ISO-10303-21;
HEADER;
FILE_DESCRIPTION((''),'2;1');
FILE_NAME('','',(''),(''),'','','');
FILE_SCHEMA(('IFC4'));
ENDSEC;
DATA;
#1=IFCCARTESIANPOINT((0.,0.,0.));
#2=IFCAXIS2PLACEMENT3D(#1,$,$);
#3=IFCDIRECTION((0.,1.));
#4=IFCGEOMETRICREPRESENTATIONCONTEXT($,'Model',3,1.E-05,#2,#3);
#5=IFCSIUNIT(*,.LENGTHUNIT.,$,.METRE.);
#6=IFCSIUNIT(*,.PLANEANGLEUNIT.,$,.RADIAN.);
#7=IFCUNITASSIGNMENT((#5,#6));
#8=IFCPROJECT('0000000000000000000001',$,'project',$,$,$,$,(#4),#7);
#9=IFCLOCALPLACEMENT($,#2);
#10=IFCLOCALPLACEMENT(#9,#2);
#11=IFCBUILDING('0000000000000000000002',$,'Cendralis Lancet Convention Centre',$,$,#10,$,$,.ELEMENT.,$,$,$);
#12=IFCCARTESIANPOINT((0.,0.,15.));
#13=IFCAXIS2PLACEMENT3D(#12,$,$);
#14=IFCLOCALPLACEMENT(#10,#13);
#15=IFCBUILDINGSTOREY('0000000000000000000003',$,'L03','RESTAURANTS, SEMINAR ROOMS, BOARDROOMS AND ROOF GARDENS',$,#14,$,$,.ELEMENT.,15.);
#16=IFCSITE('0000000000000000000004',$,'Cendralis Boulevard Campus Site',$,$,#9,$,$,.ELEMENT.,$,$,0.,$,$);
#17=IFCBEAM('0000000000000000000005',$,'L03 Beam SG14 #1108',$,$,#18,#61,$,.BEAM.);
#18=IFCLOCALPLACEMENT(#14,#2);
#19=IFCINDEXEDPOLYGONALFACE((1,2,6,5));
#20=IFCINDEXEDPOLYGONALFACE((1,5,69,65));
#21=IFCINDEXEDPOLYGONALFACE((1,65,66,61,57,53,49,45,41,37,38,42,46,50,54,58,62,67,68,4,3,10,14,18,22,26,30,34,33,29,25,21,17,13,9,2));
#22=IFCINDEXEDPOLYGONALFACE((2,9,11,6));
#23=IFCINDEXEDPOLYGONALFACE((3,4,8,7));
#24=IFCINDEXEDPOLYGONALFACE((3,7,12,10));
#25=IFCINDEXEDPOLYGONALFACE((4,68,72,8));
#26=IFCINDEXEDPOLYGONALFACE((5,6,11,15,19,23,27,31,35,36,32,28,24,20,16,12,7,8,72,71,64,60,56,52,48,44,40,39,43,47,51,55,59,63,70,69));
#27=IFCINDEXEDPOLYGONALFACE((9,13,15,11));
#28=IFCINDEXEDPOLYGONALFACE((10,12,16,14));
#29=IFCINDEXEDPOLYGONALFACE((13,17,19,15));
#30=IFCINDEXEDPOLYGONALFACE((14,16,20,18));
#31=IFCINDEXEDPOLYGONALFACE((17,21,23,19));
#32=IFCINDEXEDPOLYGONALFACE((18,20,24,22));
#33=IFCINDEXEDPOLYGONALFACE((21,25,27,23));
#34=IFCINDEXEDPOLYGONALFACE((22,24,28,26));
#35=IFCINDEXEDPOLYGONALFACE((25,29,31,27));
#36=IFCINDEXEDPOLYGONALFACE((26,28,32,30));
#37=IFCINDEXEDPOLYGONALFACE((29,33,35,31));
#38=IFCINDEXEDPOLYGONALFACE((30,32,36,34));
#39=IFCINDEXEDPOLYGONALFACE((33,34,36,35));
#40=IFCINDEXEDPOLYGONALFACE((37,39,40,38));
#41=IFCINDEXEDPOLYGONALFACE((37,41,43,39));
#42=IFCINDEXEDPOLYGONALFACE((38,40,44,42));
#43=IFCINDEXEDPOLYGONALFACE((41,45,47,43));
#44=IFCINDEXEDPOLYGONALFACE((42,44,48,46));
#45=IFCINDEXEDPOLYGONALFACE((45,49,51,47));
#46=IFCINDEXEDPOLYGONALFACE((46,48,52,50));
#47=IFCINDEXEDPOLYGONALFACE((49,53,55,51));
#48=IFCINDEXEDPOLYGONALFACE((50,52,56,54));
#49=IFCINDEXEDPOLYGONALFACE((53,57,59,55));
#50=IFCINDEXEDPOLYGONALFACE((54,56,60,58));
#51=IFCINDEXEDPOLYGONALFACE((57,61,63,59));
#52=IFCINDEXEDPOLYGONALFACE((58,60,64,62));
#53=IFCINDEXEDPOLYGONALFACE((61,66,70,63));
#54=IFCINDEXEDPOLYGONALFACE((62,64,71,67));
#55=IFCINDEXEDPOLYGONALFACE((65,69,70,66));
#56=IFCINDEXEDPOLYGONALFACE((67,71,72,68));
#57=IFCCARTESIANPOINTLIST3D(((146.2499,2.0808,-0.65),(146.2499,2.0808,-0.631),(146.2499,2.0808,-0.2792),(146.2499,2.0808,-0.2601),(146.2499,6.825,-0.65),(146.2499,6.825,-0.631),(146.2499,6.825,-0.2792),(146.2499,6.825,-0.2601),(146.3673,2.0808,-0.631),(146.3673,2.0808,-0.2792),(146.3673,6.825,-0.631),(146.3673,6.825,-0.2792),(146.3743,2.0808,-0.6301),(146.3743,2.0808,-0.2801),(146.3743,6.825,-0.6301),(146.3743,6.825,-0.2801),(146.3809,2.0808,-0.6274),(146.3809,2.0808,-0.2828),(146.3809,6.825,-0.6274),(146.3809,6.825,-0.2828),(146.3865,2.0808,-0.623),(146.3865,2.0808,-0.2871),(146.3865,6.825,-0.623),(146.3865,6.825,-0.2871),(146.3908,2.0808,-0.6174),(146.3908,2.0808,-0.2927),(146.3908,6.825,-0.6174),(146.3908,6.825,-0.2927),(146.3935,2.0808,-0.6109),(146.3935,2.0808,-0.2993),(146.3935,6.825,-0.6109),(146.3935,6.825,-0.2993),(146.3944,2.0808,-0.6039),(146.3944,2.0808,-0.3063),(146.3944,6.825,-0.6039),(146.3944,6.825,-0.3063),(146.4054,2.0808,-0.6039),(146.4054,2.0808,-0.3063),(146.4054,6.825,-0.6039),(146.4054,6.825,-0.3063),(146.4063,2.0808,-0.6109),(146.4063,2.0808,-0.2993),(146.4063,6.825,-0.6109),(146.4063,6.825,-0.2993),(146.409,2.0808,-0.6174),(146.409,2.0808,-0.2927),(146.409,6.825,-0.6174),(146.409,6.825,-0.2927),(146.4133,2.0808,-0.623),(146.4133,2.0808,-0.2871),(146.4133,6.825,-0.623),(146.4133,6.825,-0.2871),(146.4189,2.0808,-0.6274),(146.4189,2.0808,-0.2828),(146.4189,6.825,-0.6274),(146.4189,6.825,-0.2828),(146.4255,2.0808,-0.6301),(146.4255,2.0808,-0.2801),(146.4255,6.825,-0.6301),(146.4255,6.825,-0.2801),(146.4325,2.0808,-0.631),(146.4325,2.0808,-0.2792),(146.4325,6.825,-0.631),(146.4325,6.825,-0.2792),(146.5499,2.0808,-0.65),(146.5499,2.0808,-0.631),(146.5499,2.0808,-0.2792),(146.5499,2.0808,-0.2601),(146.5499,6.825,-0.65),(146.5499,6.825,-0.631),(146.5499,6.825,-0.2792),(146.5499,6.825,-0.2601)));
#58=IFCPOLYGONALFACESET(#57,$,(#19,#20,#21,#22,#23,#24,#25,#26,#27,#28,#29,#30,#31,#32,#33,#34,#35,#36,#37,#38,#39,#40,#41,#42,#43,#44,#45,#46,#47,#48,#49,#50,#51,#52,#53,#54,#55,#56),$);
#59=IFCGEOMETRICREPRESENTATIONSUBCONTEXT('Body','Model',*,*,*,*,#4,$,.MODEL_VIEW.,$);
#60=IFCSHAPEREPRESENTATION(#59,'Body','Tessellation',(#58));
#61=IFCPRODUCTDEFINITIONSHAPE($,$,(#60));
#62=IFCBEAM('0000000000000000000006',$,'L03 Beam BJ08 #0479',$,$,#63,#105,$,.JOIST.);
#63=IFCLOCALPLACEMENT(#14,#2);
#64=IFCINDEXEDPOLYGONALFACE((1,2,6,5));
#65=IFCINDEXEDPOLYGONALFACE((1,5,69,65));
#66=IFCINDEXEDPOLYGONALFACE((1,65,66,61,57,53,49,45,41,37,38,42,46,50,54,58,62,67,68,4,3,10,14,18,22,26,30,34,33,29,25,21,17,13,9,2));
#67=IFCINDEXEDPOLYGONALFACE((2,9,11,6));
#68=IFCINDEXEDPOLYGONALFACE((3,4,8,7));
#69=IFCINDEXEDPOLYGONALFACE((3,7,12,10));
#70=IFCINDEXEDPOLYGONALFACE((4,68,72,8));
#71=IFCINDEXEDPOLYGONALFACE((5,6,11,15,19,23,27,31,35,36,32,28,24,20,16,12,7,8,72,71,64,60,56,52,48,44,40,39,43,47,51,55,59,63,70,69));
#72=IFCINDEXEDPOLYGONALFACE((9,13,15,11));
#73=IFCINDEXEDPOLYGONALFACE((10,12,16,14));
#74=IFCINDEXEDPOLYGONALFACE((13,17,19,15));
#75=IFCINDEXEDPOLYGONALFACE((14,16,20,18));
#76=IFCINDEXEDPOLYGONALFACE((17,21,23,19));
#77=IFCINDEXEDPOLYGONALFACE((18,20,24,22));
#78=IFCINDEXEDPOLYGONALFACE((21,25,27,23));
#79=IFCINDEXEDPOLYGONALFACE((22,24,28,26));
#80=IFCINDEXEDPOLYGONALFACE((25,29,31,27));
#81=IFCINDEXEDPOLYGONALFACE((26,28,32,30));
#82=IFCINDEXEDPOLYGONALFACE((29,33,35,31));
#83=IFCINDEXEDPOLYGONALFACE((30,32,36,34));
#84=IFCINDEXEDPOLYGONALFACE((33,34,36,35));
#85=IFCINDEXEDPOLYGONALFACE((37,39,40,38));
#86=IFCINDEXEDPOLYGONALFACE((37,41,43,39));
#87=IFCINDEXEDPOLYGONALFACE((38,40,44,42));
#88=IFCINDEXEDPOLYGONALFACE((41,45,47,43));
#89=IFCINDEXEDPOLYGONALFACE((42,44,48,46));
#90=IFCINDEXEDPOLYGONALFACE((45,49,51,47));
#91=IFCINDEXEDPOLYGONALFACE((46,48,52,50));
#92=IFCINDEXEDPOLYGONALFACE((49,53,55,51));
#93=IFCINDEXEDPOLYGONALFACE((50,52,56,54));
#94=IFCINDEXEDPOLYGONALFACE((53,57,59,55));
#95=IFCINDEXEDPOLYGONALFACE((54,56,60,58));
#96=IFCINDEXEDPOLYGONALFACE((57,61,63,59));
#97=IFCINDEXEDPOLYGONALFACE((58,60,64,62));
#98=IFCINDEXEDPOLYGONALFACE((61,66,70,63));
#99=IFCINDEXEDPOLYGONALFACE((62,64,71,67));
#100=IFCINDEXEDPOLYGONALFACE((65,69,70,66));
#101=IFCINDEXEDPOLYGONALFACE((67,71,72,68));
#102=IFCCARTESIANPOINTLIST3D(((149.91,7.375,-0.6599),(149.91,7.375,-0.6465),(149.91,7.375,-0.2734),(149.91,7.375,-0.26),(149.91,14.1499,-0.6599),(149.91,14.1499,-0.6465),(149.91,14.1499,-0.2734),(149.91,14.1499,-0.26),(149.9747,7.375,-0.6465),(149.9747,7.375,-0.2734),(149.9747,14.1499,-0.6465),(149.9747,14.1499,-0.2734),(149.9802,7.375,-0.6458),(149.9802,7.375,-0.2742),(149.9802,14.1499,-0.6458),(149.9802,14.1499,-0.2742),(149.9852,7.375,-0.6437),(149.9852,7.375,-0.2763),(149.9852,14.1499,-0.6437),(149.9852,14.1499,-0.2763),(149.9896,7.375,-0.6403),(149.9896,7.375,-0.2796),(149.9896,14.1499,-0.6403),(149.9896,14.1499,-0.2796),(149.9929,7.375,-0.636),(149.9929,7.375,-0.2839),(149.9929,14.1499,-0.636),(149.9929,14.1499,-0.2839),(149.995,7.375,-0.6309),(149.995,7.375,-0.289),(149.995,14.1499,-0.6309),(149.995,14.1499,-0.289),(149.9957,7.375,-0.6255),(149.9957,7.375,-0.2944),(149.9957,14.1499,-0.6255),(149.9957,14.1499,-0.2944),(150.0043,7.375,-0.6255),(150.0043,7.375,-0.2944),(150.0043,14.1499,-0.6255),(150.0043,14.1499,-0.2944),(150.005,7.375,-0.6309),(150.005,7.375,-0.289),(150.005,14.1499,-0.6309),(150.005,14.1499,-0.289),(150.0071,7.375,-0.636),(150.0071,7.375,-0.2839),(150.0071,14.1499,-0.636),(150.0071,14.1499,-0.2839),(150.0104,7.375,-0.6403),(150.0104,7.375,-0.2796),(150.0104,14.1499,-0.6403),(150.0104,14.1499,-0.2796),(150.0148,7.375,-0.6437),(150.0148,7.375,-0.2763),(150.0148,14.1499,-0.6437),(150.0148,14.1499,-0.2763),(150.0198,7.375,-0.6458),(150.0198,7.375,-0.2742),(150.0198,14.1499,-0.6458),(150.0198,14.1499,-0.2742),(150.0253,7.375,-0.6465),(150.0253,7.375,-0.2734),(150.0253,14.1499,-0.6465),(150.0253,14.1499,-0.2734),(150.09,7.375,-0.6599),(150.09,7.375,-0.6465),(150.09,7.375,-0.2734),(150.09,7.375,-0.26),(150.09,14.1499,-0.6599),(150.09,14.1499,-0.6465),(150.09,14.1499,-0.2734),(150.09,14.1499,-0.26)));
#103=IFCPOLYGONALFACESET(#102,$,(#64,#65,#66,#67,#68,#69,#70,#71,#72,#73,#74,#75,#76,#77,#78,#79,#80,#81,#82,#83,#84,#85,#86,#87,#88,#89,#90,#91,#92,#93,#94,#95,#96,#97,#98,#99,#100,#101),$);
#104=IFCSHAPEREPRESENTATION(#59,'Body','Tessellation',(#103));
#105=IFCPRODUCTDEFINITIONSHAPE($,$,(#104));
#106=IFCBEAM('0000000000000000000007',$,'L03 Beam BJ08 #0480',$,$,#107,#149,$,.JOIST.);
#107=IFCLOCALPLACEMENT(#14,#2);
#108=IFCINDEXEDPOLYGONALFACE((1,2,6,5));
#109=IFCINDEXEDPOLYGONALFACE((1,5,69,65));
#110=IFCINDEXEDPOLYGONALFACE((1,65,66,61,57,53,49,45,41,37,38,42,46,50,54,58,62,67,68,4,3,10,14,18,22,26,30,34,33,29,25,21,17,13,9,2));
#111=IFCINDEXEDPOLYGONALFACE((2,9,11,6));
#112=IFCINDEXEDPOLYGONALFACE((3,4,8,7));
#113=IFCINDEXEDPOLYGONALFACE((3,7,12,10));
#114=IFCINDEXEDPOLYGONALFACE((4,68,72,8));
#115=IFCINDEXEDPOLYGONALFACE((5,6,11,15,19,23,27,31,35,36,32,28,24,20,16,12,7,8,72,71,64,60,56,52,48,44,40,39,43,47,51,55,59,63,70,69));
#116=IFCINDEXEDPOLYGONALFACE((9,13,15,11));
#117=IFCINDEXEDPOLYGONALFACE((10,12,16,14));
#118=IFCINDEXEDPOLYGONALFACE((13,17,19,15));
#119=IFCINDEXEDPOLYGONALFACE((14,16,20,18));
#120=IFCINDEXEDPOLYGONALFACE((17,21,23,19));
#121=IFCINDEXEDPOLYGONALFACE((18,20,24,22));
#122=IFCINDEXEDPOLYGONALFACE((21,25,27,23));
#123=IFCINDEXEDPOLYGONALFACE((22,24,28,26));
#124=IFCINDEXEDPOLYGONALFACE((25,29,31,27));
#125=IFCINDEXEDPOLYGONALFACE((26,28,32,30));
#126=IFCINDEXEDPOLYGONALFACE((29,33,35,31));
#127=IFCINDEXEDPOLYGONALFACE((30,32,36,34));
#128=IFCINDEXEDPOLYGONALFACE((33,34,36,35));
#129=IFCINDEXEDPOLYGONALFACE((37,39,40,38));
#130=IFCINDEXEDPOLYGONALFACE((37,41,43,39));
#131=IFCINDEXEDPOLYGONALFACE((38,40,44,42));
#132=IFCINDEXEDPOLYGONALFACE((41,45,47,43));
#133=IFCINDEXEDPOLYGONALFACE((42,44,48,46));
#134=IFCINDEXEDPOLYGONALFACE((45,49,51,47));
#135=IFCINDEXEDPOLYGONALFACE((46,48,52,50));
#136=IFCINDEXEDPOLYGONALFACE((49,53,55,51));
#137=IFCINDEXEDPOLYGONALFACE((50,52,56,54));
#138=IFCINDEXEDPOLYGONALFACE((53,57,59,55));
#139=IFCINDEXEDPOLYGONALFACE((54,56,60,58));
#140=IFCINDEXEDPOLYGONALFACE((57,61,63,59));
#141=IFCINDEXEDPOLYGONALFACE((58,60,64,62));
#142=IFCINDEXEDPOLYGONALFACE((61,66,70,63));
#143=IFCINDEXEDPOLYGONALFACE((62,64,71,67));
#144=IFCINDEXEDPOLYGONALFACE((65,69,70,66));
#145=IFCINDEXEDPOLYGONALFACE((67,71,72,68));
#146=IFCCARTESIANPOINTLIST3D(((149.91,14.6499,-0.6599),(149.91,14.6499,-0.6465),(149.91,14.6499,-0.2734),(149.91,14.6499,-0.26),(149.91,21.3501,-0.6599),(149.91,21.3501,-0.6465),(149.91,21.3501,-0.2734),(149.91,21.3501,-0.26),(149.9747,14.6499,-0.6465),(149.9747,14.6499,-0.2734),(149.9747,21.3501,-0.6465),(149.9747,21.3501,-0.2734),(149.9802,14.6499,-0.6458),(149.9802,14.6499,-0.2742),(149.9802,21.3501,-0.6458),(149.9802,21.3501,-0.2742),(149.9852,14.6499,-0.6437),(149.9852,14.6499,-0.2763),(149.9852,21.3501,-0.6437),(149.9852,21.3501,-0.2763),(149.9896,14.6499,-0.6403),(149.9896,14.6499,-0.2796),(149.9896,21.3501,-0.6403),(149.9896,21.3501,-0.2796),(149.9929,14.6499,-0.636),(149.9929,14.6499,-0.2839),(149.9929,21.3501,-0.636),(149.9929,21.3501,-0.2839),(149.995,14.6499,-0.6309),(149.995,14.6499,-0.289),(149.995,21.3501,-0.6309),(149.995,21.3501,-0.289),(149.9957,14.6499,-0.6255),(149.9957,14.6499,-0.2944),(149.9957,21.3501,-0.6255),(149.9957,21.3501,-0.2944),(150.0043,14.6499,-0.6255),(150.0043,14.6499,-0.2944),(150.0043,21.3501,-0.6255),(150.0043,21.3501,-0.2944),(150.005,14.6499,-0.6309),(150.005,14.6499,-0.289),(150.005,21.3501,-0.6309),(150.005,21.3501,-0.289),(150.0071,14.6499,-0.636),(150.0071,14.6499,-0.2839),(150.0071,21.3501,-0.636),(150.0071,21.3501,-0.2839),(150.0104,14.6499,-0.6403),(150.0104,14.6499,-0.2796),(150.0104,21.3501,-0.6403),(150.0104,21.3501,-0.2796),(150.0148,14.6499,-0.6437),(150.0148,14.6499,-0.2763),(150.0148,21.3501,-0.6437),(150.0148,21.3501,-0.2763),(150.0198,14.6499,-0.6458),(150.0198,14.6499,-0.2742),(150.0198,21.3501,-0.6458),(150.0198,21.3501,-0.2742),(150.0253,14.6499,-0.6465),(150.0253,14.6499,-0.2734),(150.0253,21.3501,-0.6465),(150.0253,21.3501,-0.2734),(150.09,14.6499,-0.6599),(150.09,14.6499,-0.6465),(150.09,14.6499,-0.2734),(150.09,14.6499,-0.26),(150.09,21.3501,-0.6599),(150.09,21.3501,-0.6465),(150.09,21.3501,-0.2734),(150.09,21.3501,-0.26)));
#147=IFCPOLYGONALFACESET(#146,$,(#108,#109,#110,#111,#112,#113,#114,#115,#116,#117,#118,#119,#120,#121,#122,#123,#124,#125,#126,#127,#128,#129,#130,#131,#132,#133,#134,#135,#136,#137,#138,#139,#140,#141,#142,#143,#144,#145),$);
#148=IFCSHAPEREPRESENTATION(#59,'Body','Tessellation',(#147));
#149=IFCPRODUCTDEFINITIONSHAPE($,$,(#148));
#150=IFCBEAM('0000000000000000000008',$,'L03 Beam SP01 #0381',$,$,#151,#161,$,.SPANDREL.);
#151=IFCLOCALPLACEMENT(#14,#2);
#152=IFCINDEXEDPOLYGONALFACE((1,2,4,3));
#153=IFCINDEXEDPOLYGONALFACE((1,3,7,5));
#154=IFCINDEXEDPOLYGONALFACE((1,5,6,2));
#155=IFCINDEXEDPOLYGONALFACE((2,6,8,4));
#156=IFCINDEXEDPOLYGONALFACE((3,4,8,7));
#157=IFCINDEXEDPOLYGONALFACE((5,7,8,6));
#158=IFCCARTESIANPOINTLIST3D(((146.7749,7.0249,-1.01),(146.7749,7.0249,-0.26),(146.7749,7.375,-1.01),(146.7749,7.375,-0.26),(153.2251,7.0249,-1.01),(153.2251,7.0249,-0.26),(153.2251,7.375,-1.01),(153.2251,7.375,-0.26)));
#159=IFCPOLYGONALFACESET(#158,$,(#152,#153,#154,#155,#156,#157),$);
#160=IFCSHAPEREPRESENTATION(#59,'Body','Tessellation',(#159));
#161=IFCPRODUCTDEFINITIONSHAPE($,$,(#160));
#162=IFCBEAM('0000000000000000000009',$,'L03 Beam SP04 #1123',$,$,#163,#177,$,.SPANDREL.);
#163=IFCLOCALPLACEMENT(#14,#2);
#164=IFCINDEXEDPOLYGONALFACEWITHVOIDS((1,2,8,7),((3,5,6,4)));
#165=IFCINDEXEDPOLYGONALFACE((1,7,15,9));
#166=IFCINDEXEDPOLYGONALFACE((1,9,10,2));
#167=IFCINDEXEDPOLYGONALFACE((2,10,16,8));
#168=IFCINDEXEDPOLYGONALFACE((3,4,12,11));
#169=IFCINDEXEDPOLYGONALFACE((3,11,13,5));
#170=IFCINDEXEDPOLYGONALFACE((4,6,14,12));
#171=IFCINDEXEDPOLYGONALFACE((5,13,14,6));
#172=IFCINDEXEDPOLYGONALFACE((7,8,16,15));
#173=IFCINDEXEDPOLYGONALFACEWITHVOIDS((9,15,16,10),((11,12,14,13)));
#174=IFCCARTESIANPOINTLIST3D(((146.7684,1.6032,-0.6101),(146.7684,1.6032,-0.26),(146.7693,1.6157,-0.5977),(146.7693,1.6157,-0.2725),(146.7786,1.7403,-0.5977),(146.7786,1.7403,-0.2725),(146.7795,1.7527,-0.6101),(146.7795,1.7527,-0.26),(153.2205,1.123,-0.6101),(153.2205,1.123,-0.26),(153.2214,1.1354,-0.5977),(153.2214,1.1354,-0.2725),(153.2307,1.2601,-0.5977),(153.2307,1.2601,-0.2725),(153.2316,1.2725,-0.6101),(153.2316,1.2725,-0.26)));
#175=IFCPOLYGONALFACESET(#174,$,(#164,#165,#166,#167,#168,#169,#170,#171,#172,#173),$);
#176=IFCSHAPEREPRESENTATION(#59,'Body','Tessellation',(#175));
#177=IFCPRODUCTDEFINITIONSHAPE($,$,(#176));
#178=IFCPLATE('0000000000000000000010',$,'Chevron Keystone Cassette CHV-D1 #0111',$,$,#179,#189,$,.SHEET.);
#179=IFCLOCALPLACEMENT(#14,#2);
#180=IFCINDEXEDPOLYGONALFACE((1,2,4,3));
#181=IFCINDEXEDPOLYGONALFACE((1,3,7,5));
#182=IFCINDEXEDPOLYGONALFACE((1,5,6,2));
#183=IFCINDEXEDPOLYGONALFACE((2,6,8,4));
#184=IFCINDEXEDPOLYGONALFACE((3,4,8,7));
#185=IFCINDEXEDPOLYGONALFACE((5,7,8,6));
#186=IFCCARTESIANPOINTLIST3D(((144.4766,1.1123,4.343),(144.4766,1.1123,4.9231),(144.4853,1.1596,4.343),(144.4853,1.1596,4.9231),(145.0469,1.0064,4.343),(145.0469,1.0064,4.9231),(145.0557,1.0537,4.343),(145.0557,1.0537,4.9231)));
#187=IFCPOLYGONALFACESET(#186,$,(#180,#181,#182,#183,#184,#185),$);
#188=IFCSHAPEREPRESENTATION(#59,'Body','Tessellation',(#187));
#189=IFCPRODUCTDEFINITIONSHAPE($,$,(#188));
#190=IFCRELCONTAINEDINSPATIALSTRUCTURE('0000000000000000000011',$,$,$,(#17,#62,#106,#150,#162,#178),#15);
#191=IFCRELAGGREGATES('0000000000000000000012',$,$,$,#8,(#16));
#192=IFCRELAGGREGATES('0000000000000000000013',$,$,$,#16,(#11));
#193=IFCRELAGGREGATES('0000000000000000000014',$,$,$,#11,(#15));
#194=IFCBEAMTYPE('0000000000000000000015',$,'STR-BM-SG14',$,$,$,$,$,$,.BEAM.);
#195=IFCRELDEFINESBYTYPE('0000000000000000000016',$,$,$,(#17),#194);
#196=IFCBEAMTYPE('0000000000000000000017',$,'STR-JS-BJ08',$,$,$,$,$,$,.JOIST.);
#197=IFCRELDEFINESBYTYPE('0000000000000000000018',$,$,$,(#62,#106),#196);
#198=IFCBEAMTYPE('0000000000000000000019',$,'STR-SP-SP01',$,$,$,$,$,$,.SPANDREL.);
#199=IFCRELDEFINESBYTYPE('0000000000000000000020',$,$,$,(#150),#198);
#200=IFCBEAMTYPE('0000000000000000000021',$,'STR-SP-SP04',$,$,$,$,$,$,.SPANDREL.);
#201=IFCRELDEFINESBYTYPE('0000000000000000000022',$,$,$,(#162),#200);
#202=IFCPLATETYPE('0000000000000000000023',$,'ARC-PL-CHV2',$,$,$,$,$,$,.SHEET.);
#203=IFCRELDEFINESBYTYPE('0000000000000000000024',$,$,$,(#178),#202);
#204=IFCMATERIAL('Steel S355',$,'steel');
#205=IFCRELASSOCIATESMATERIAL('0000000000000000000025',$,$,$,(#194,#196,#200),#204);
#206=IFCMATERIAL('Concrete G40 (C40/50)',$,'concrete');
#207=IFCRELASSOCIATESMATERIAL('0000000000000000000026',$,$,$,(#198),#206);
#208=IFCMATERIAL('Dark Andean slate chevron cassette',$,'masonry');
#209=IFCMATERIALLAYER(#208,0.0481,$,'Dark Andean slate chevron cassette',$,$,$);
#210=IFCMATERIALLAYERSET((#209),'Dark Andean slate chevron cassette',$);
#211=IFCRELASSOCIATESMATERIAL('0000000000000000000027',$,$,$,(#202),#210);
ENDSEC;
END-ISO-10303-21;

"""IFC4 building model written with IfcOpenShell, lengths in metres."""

from ifc_helpers import new_model, si_unit, direction, frame, origin, origin_2d, place, context, subcontext, project, spatial, rectangle, hollow_rectangle, i_section, extrude, material, layer, layer_set, material_profile, profile_set, type_object, element, save


model = new_model("IFC4")

# Units and contexts
model_context = context("Model", 3, precision=1e-05, world=origin(), true_north=direction((0.0, 1.0)))
body_context = subcontext(model_context, "Body", "Model", "MODEL_VIEW")
ifc_project = project(units=[si_unit("LENGTHUNIT", "METRE"), si_unit("PLANEANGLEUNIT", "RADIAN")], contexts=[model_context])

# Site, building, storey
site_placement = place(None, origin())
site = spatial("IfcSite", under=ifc_project, at=site_placement, Name="Cendralis Boulevard Campus Site", CompositionType="ELEMENT", RefElevation=0.0)
building_placement = place(site_placement, origin())
building = spatial("IfcBuilding", under=site, at=building_placement, Name="Cendralis Lancet Convention Centre", CompositionType="ELEMENT")
storey_placement = place(building_placement, frame((0.0, 0.0, 15.0)))
storey = spatial("IfcBuildingStorey", under=building, at=storey_placement, Name="L03", Description="RESTAURANTS, SEMINAR ROOMS, BOARDROOMS AND ROOF GARDENS", CompositionType="ELEMENT", Elevation=15.0)

# Shared definitions
ifc_material_1 = material(Name="Concrete G40 (C40/50)", Category="concrete")

# Beams
ifc_material_2 = material(Name="Steel S355", Category="steel")
ifc_material_profile_1 = material_profile(ifc_material_2, i_section(OverallWidth=0.3, OverallDepth=0.3899, WebThickness=0.011, FlangeThickness=0.019, FilletRadius=0.0271, at=origin_2d()), Name="HEA 400")
ifc_profile_set_1 = profile_set([ifc_material_profile_1], Name="Steel S355")
beam_type_1 = type_object("IfcBeamType", Name="STR-BM-SG14", PredefinedType="BEAM", material=ifc_profile_set_1)
beam_1_placement = place(storey_placement, frame((146.3999, 2.0808, -0.4551), z_axis=(0.0, 1.0, 0.0), x_axis=(-1.0, 0.0, 0.0)))
element("IfcBeam", 1, at=beam_1_placement, inside=storey, type_object=beam_type_1, Name="L03 Beam SG14 #1108", PredefinedType="BEAM", context=body_context, shape_type="SweptSolid", body=[
    extrude(i_section(OverallWidth=0.3, OverallDepth=0.3899, WebThickness=0.011, FlangeThickness=0.019, FilletRadius=0.0271, at=origin_2d()), origin(), (0.0, 0.0, 1.0), 4.7441),
])
ifc_material_profile_2 = material_profile(ifc_material_2, i_section(OverallWidth=0.1799, OverallDepth=0.3999, WebThickness=0.0085, FlangeThickness=0.0134, FilletRadius=0.021, at=origin_2d()), Name="IPE 400")
ifc_profile_set_2 = profile_set([ifc_material_profile_2], Name="Steel S355")
beam_type_2 = type_object("IfcBeamType", Name="STR-JS-BJ08", PredefinedType="JOIST", material=ifc_profile_set_2)
beam_2_placement = place(storey_placement, frame((150.0, 7.375, -0.46), z_axis=(0.0, 1.0, 0.0), x_axis=(-1.0, 0.0, 0.0)))
element("IfcBeam", 2, at=beam_2_placement, inside=storey, type_object=beam_type_2, Name="L03 Beam BJ08 #0479", PredefinedType="JOIST", context=body_context, shape_type="SweptSolid", body=[
    extrude(i_section(OverallWidth=0.1799, OverallDepth=0.3999, WebThickness=0.0085, FlangeThickness=0.0134, FilletRadius=0.021, at=origin_2d()), origin(), (0.0, 0.0, 1.0), 6.7749),
])
beam_3_placement = place(storey_placement, frame((150.0, 14.6499, -0.46), z_axis=(0.0, 1.0, 0.0), x_axis=(-1.0, 0.0, 0.0)))
element("IfcBeam", 3, at=beam_3_placement, inside=storey, type_object=beam_type_2, Name="L03 Beam BJ08 #0480", PredefinedType="JOIST", context=body_context, shape_type="SweptSolid", body=[
    extrude(i_section(OverallWidth=0.1799, OverallDepth=0.3999, WebThickness=0.0085, FlangeThickness=0.0134, FilletRadius=0.021, at=origin_2d()), origin(), (0.0, 0.0, 1.0), 6.7002),
])
ifc_material_profile_3 = material_profile(ifc_material_1, rectangle(XDim=0.3501, YDim=0.75, at=origin_2d()), Name="RCB 350x750")
ifc_profile_set_3 = profile_set([ifc_material_profile_3], Name="Concrete G40 (C40/50)")
beam_type_3 = type_object("IfcBeamType", Name="STR-SP-SP01", PredefinedType="SPANDREL", material=ifc_profile_set_3)
beam_4_placement = place(storey_placement, frame((146.7749, 7.2, -0.635), z_axis=(1.0, 0.0, 0.0), x_axis=(0.0, 1.0, 0.0)))
element("IfcBeam", 4, at=beam_4_placement, inside=storey, type_object=beam_type_3, Name="L03 Beam SP01 #0381", PredefinedType="SPANDREL", context=body_context, shape_type="SweptSolid", body=[
    extrude(rectangle(XDim=0.3501, YDim=0.75, at=origin_2d()), origin(), (0.0, 0.0, 1.0), 6.4502),
])
ifc_material_profile_4 = material_profile(ifc_material_2, hollow_rectangle(XDim=0.1499, YDim=0.3501, WallThickness=0.0125, at=origin_2d()), Name="RHS 350x150x12.5")
ifc_profile_set_4 = profile_set([ifc_material_profile_4], Name="Steel S355")
beam_type_4 = type_object("IfcBeamType", Name="STR-SP-SP04", PredefinedType="SPANDREL", material=ifc_profile_set_4)
beam_5_placement = place(storey_placement, frame((146.7739, 1.678, -0.4351), z_axis=(0.997242, -0.074223, 0.0), x_axis=(0.074223, 0.997242, 0.0)))
element("IfcBeam", 5, at=beam_5_placement, inside=storey, type_object=beam_type_4, Name="L03 Beam SP04 #1123", PredefinedType="SPANDREL", context=body_context, shape_type="SweptSolid", body=[
    extrude(hollow_rectangle(XDim=0.1499, YDim=0.3501, WallThickness=0.0125, at=origin_2d()), origin(), (0.0, 0.0, 1.0), 6.47),
])

# Plate
ifc_material_3 = material(Name="Dark Andean slate chevron cassette", Category="masonry")
ifc_layer_1 = layer(ifc_material_3, 0.0481, Name="Dark Andean slate chevron cassette")
ifc_layer_set_1 = layer_set([ifc_layer_1], Name="Dark Andean slate chevron cassette")
plate_type_1 = type_object("IfcPlateType", Name="ARC-PL-CHV2", PredefinedType="SHEET", material=ifc_layer_set_1)
plate_1_placement = place(storey_placement, frame((144.7661, 1.083, 4.343), z_axis=(0.0, 0.0, 1.0), x_axis=(0.983175, -0.182665, 0.0)))
element("IfcPlate", 6, at=plate_1_placement, inside=storey, type_object=plate_type_1, Name="Chevron Keystone Cassette CHV-D1 #0111", PredefinedType="SHEET", context=body_context, shape_type="SweptSolid", body=[
    extrude(rectangle(XDim=0.5801, YDim=0.0481, at=origin_2d()), origin(), (0.0, 0.0, 1.0), 0.5801),
])

save(model, "model.ifc")
